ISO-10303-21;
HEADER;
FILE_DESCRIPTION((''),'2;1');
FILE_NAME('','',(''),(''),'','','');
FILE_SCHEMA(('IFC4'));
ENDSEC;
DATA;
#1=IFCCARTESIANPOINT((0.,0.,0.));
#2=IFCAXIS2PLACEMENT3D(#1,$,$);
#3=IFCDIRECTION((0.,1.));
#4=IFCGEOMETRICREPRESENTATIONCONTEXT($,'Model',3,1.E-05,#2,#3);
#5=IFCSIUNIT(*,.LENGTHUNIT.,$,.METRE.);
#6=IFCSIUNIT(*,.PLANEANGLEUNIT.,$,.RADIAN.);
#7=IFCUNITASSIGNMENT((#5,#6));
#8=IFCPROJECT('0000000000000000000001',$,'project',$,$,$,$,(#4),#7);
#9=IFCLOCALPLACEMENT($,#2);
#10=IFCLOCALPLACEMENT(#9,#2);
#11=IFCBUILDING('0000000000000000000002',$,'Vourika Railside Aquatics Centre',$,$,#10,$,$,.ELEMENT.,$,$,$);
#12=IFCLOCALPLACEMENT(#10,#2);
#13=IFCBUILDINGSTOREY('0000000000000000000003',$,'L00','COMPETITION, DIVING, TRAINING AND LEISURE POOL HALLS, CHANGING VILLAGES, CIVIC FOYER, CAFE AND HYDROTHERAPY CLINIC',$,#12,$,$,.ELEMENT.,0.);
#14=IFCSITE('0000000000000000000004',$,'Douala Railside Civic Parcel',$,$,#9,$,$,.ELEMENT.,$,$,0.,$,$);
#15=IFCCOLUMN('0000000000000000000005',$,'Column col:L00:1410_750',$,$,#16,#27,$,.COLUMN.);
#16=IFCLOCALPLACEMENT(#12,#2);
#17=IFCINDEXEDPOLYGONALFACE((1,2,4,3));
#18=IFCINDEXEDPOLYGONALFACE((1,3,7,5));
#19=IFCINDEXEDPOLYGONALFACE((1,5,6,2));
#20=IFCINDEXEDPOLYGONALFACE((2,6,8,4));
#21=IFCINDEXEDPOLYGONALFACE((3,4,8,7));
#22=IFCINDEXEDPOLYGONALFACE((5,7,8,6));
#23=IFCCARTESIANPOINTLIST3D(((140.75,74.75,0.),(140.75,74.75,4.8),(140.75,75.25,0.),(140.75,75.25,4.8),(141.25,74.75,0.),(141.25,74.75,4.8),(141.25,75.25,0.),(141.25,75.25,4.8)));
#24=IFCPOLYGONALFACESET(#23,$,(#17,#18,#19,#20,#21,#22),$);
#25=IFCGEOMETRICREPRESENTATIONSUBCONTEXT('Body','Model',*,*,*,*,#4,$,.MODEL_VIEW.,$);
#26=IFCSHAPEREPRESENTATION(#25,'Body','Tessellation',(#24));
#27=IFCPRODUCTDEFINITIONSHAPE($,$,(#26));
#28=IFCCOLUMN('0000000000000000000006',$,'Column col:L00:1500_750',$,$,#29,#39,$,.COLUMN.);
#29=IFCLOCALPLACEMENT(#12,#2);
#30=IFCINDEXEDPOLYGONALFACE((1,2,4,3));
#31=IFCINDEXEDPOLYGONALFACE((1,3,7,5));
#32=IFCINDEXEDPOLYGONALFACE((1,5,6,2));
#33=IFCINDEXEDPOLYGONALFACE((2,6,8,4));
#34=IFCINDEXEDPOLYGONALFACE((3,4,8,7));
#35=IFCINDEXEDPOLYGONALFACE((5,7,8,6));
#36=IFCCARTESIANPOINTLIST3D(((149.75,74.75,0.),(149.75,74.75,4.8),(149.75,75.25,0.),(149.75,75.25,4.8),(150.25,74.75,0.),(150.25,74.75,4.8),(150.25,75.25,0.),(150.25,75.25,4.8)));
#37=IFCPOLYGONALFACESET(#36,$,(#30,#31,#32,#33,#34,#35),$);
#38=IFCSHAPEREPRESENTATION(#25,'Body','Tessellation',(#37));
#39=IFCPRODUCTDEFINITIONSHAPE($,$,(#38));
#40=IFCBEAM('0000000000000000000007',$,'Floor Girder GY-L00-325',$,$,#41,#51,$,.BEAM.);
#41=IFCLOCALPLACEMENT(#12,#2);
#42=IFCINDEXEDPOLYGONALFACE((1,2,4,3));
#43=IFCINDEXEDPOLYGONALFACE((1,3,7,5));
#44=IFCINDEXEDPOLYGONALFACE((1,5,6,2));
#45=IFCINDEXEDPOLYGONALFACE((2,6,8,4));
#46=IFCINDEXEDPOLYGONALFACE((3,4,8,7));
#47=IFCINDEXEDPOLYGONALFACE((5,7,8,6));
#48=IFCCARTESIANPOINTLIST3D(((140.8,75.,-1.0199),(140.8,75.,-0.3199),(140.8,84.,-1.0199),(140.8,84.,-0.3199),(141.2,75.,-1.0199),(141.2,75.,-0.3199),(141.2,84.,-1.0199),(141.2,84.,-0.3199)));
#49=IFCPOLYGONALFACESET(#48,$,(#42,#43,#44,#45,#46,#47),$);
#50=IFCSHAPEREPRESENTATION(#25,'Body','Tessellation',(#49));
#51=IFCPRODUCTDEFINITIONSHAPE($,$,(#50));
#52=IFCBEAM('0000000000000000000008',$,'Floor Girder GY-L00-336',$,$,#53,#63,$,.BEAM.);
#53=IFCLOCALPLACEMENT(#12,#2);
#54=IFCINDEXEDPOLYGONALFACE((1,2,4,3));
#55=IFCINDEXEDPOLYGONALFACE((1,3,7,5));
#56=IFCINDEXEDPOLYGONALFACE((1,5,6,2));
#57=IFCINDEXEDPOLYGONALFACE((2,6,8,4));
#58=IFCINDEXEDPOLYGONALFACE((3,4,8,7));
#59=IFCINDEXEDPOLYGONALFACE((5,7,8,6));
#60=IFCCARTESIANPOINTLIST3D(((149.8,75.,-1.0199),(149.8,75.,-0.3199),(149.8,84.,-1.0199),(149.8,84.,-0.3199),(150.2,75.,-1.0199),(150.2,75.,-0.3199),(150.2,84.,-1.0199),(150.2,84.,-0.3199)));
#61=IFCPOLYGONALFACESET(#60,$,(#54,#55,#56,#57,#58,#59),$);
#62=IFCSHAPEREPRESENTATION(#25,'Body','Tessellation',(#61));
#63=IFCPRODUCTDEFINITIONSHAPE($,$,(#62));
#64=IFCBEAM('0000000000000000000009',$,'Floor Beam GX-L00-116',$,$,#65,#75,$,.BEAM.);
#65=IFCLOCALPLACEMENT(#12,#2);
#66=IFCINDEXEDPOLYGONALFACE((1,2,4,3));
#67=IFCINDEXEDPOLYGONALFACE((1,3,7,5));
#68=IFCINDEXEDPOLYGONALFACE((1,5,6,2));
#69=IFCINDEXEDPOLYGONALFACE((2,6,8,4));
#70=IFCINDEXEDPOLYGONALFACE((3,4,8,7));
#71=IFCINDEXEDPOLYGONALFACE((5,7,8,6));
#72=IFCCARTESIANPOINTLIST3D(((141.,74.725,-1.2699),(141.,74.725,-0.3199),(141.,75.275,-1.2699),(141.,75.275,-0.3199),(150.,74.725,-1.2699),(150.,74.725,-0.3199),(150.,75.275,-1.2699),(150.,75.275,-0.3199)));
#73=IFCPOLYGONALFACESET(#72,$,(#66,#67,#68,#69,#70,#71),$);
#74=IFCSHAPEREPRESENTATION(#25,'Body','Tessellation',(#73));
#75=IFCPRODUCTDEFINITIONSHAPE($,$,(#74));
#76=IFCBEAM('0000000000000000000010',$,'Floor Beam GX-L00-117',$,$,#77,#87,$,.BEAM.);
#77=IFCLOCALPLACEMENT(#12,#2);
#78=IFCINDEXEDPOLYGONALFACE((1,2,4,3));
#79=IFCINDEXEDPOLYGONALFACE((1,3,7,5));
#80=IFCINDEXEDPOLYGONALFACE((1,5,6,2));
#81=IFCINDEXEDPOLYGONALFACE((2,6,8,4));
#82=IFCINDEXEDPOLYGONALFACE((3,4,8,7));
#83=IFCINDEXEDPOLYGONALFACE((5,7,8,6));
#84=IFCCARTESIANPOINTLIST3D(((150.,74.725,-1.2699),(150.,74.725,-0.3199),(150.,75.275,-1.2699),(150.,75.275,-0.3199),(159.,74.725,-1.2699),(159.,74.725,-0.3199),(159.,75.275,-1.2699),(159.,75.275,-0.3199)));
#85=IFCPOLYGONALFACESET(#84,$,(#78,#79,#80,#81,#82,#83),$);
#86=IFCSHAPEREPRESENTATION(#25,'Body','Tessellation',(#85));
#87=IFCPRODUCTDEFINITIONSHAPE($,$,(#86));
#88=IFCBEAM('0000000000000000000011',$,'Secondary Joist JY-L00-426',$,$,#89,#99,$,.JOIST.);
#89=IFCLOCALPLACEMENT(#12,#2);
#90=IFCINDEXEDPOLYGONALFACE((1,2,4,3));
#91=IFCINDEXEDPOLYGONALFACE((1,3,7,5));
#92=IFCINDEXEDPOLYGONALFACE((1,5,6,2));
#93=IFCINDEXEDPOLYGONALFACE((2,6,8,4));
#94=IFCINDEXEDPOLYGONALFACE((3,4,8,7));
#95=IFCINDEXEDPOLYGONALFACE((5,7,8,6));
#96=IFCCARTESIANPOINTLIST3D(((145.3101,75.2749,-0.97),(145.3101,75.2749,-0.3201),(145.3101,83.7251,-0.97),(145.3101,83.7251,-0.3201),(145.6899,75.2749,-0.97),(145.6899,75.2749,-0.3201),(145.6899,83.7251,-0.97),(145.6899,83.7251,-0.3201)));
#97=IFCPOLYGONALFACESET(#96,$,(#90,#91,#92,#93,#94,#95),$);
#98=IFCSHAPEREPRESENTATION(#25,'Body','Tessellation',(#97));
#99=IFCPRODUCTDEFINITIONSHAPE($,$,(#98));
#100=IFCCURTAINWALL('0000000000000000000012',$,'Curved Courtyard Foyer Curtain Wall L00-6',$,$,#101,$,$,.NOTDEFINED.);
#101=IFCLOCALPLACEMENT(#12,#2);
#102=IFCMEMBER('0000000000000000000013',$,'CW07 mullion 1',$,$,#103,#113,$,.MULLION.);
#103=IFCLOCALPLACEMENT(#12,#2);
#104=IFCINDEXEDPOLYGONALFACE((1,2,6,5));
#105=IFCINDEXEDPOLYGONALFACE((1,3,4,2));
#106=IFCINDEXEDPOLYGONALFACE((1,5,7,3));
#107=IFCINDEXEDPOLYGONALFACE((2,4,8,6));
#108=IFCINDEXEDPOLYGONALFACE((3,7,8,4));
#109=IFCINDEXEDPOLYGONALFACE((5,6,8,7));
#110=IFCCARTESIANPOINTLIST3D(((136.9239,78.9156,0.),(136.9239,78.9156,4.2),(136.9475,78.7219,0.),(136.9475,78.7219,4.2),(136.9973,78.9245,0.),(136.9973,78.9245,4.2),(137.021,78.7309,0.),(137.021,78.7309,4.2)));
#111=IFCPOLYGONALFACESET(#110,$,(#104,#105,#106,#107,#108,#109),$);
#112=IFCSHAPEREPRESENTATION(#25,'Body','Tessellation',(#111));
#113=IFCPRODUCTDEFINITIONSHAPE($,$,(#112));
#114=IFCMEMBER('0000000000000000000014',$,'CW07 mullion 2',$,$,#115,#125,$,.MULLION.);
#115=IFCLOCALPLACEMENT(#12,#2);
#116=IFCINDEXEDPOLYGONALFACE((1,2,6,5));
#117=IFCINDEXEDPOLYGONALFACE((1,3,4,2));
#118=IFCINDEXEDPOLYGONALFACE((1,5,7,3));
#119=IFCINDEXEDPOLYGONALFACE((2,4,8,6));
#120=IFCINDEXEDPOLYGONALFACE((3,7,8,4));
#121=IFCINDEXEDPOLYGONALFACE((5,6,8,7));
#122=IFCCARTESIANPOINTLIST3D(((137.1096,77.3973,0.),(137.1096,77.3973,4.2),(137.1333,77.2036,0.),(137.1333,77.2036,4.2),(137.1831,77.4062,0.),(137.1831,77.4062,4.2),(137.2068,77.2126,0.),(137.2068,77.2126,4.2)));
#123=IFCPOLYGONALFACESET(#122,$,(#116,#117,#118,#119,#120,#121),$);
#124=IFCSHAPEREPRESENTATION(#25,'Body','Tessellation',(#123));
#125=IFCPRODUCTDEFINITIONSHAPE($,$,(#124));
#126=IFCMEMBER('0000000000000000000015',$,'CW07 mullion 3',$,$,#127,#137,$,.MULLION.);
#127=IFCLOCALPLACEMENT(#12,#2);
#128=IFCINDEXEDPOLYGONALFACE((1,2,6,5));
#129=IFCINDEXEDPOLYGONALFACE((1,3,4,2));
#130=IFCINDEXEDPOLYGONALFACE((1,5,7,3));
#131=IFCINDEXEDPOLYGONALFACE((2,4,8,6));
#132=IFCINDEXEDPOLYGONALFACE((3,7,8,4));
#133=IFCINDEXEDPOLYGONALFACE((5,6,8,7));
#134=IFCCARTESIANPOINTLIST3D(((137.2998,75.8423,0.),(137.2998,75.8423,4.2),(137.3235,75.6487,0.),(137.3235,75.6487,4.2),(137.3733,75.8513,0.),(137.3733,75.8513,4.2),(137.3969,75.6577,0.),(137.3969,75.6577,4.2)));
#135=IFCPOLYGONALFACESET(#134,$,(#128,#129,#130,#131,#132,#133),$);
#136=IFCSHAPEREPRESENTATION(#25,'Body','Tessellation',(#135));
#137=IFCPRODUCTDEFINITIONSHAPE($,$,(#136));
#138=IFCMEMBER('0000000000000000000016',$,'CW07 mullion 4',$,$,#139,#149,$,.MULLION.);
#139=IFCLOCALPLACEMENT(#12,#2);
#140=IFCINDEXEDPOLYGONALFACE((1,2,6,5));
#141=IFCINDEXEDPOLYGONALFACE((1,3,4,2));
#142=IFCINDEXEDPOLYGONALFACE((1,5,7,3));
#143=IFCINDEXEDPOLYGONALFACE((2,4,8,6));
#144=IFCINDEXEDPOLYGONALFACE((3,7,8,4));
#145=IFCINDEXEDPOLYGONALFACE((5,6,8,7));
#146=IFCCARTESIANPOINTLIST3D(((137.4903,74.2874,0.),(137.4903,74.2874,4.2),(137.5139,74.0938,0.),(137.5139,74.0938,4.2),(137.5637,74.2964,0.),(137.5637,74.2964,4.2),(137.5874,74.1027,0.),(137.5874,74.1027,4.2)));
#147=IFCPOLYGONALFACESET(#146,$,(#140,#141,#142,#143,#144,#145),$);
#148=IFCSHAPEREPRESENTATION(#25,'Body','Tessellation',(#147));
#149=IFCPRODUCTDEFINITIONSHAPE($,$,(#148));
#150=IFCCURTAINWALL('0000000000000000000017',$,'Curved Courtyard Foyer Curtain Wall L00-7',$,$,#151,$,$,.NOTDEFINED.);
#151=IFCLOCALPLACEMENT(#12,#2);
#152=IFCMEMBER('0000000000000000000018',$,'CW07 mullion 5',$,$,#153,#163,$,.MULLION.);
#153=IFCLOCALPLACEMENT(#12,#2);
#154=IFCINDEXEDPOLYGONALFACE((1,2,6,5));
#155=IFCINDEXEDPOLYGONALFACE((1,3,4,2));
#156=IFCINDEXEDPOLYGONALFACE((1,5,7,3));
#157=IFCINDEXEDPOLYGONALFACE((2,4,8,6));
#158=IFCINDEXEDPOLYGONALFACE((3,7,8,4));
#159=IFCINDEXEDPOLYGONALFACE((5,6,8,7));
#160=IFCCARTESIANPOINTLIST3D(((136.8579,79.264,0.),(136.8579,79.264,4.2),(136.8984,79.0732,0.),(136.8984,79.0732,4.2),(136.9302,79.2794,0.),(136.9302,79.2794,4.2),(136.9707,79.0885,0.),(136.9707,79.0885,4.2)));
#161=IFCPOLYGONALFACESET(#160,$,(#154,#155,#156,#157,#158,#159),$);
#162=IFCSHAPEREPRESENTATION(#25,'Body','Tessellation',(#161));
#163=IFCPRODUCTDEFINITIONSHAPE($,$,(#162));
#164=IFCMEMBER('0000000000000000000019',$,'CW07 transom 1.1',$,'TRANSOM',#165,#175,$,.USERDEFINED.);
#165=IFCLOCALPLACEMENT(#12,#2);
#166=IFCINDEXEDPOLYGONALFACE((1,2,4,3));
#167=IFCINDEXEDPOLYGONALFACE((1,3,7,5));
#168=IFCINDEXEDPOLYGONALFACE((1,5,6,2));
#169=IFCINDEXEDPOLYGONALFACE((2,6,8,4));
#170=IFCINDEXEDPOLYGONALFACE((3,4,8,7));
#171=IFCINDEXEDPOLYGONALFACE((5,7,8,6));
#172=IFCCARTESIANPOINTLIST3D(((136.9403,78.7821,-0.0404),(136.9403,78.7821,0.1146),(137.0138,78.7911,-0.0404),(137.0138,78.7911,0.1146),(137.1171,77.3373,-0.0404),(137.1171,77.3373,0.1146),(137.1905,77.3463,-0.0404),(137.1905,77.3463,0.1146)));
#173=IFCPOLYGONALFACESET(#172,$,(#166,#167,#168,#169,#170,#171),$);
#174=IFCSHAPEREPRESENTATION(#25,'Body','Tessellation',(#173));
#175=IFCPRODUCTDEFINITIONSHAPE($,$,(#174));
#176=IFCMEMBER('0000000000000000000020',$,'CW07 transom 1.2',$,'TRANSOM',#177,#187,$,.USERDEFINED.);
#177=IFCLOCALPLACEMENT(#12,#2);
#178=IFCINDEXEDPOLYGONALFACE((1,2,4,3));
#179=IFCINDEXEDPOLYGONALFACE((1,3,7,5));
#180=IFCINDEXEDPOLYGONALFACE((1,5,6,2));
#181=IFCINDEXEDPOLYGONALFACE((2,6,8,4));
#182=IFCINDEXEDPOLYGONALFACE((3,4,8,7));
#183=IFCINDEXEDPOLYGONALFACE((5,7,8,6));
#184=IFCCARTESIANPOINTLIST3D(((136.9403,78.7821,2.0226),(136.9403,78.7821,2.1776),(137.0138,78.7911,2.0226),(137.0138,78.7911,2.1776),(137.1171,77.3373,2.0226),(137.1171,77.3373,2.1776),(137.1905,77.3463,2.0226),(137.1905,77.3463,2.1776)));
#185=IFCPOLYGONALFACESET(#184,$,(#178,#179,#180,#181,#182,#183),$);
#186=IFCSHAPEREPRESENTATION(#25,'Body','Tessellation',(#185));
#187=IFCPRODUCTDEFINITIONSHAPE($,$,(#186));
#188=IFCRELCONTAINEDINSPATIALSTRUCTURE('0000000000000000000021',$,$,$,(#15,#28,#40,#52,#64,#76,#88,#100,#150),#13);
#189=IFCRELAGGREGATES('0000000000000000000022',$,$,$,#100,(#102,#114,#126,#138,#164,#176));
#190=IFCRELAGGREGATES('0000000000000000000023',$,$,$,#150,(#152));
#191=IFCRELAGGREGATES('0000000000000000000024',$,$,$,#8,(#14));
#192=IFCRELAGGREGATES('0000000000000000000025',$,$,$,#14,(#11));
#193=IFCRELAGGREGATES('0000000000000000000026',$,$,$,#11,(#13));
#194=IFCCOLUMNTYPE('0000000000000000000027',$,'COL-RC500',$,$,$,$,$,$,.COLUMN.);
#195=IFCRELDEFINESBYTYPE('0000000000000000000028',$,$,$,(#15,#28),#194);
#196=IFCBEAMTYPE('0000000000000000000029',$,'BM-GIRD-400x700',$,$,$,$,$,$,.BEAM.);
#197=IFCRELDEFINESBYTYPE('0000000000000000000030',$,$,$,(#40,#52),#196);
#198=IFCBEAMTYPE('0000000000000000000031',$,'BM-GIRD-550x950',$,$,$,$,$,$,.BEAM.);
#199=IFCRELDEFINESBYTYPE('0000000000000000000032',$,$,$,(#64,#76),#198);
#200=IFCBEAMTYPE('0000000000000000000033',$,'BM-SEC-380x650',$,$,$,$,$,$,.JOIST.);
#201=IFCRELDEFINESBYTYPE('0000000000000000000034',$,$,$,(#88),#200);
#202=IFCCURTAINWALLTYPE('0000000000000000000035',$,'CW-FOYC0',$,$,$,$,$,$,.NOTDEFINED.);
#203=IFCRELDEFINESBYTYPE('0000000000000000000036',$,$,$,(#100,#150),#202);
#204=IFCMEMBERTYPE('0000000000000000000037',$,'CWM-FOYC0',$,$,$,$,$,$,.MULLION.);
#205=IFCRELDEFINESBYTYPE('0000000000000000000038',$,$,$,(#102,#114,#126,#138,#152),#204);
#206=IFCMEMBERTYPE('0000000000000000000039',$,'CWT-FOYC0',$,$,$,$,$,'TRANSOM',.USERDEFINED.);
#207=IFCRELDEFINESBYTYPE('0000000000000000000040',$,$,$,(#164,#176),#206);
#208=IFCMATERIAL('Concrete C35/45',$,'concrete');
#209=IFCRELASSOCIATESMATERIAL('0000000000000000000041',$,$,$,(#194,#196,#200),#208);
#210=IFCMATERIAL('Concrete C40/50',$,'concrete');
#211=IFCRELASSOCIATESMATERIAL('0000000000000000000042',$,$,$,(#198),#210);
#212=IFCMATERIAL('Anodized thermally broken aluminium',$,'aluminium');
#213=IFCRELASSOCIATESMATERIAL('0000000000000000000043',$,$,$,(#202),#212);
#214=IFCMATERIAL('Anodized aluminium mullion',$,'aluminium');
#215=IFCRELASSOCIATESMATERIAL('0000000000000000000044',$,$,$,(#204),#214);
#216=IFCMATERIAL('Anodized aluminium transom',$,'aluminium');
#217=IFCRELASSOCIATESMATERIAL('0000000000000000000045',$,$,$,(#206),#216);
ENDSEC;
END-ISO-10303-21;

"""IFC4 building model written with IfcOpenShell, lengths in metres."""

from ifc_helpers import new_model, si_unit, direction, frame, origin, origin_2d, place, context, subcontext, project, spatial, rectangle, extrude, material, material_profile, profile_set, type_object, element, aggregate, save


model = new_model("IFC4")

# Units and contexts
model_context = context("Model", 3, precision=1e-05, world=origin(), true_north=direction((0.0, 1.0)))
body_context = subcontext(model_context, "Body", "Model", "MODEL_VIEW")
ifc_project = project(units=[si_unit("LENGTHUNIT", "METRE"), si_unit("PLANEANGLEUNIT", "RADIAN")], contexts=[model_context])

# Site, building, storey
site_placement = place(None, origin())
site = spatial("IfcSite", under=ifc_project, at=site_placement, Name="Douala Railside Civic Parcel", CompositionType="ELEMENT", RefElevation=0.0)
building_placement = place(site_placement, origin())
building = spatial("IfcBuilding", under=site, at=building_placement, Name="Vourika Railside Aquatics Centre", CompositionType="ELEMENT")
storey_placement = place(building_placement, origin())
storey = spatial("IfcBuildingStorey", under=building, at=storey_placement, Name="L00", Description="COMPETITION, DIVING, TRAINING AND LEISURE POOL HALLS, CHANGING VILLAGES, CIVIC FOYER, CAFE AND HYDROTHERAPY CLINIC", CompositionType="ELEMENT", Elevation=0.0)

# Columns
ifc_material_1 = material(Name="Concrete C35/45", Category="concrete")
ifc_material_profile_1 = material_profile(ifc_material_1, rectangle(XDim=0.5, YDim=0.5, at=origin_2d()), Name="RC 500x500")
ifc_profile_set_1 = profile_set([ifc_material_profile_1], Name="Concrete C35/45")
column_type = type_object("IfcColumnType", Name="COL-RC500", PredefinedType="COLUMN", material=ifc_profile_set_1)
for number, where, z_axis, x_axis, name in (
    (1, (141.0, 75.0, 0.0), (0.0, 0.0, 1.0), (1.0, 0.0, 0.0), "Column col:L00:1410_750"),
    (2, (150.0, 75.0, 0.0), (0.0, 0.0, 1.0), (1.0, 0.0, 0.0), "Column col:L00:1500_750"),
):
    element("IfcColumn", number, at=place(storey_placement, frame(where, z_axis=z_axis, x_axis=x_axis)), inside=storey, type_object=column_type, Name=name, PredefinedType="COLUMN", context=body_context, shape_type="SweptSolid", body=[
        extrude(rectangle(XDim=0.5, YDim=0.5, at=origin_2d()), origin(), (0.0, 0.0, 1.0), 4.8),
    ])

# Beams
ifc_material_profile_2 = material_profile(ifc_material_1, rectangle(XDim=0.3999, YDim=0.7, at=origin_2d()), Name="RC 400x700")
ifc_profile_set_2 = profile_set([ifc_material_profile_2], Name="Concrete C35/45")
beam_type_1 = type_object("IfcBeamType", Name="BM-GIRD-400x700", PredefinedType="BEAM", material=ifc_profile_set_2)
for number, where, z_axis, x_axis, name in (
    (3, (141.0, 75.0, -0.6699), (0.0, 1.0, 0.0), (-1.0, 0.0, 0.0), "Floor Girder GY-L00-325"),
    (4, (150.0, 75.0, -0.6699), (0.0, 1.0, 0.0), (-1.0, 0.0, 0.0), "Floor Girder GY-L00-336"),
):
    element("IfcBeam", number, at=place(storey_placement, frame(where, z_axis=z_axis, x_axis=x_axis)), inside=storey, type_object=beam_type_1, Name=name, PredefinedType="BEAM", context=body_context, shape_type="SweptSolid", body=[
        extrude(rectangle(XDim=0.3999, YDim=0.7, at=origin_2d()), origin(), (0.0, 0.0, 1.0), 9.0),
    ])
ifc_material_2 = material(Name="Concrete C40/50", Category="concrete")
ifc_material_profile_3 = material_profile(ifc_material_2, rectangle(XDim=0.55, YDim=0.95, at=origin_2d()), Name="RC 550x950")
ifc_profile_set_3 = profile_set([ifc_material_profile_3], Name="Concrete C40/50")
beam_type_2 = type_object("IfcBeamType", Name="BM-GIRD-550x950", PredefinedType="BEAM", material=ifc_profile_set_3)
for number, where, z_axis, x_axis, name in (
    (5, (141.0, 75.0, -0.7949), (1.0, 0.0, 0.0), (0.0, 1.0, 0.0), "Floor Beam GX-L00-116"),
    (6, (150.0, 75.0, -0.7949), (1.0, 0.0, 0.0), (0.0, 1.0, 0.0), "Floor Beam GX-L00-117"),
):
    element("IfcBeam", number, at=place(storey_placement, frame(where, z_axis=z_axis, x_axis=x_axis)), inside=storey, type_object=beam_type_2, Name=name, PredefinedType="BEAM", context=body_context, shape_type="SweptSolid", body=[
        extrude(rectangle(XDim=0.55, YDim=0.95, at=origin_2d()), origin(), (0.0, 0.0, 1.0), 9.0),
    ])
ifc_material_profile_4 = material_profile(ifc_material_1, rectangle(XDim=0.3799, YDim=0.6499, at=origin_2d()), Name="RC 380x650")
ifc_profile_set_4 = profile_set([ifc_material_profile_4], Name="Concrete C35/45")
beam_type_3 = type_object("IfcBeamType", Name="BM-SEC-380x650", PredefinedType="JOIST", material=ifc_profile_set_4)
beam_placement = place(storey_placement, frame((145.5, 75.2749, -0.645), z_axis=(0.0, 1.0, 0.0), x_axis=(-1.0, 0.0, 0.0)))
element("IfcBeam", 7, at=beam_placement, inside=storey, type_object=beam_type_3, Name="Secondary Joist JY-L00-426", PredefinedType="JOIST", context=body_context, shape_type="SweptSolid", body=[
    extrude(rectangle(XDim=0.3799, YDim=0.6499, at=origin_2d()), origin(), (0.0, 0.0, 1.0), 8.4502),
])

# Curtain wall, members
ifc_material_3 = material(Name="Anodized thermally broken aluminium", Category="aluminium")
curtain_wall_type = type_object("IfcCurtainWallType", Name="CW-FOYC0", PredefinedType="NOTDEFINED", material=ifc_material_3)
curtain_wall_1_placement = place(storey_placement, origin())
curtain_wall_1 = element("IfcCurtainWall", 8, at=curtain_wall_1_placement, inside=storey, type_object=curtain_wall_type, Name="Curved Courtyard Foyer Curtain Wall L00-6", PredefinedType="NOTDEFINED")
ifc_material_4 = material(Name="Anodized aluminium mullion", Category="aluminium")
ifc_material_profile_5 = material_profile(ifc_material_4, rectangle(XDim=0.074, YDim=0.1951, at=origin_2d()), Name="ALU-M 74x195")
ifc_profile_set_5 = profile_set([ifc_material_profile_5], Name="Anodized aluminium mullion")
member_type_1 = type_object("IfcMemberType", Name="CWM-FOYC0", PredefinedType="MULLION", material=ifc_profile_set_5)
member_1_placement = place(storey_placement, frame((136.9724, 78.8232, 0.0), z_axis=(0.0, 0.0, 1.0), x_axis=(0.992599, 0.121442, 0.0)))
member_1 = element("IfcMember", 9, at=member_1_placement, type_object=member_type_1, Name="CW07 mullion 1", PredefinedType="MULLION", context=body_context, shape_type="SweptSolid", body=[
    extrude(rectangle(XDim=0.074, YDim=0.1951, at=origin_2d()), origin(), (0.0, 0.0, 1.0), 4.2),
])
member_2_placement = place(storey_placement, frame((137.1582, 77.3049, 0.0), z_axis=(0.0, 0.0, 1.0), x_axis=(0.992599, 0.121442, 0.0)))
member_2 = element("IfcMember", 10, at=member_2_placement, type_object=member_type_1, Name="CW07 mullion 2", PredefinedType="MULLION", context=body_context, shape_type="SweptSolid", body=[
    extrude(rectangle(XDim=0.074, YDim=0.1951, at=origin_2d()), origin(), (0.0, 0.0, 1.0), 4.2),
])
member_3_placement = place(storey_placement, frame((137.3484, 75.75, 0.0), z_axis=(0.0, 0.0, 1.0), x_axis=(0.992599, 0.121442, 0.0)))
member_3 = element("IfcMember", 11, at=member_3_placement, type_object=member_type_1, Name="CW07 mullion 3", PredefinedType="MULLION", context=body_context, shape_type="SweptSolid", body=[
    extrude(rectangle(XDim=0.074, YDim=0.1951, at=origin_2d()), origin(), (0.0, 0.0, 1.0), 4.2),
])
member_4_placement = place(storey_placement, frame((137.5388, 74.1951, 0.0), z_axis=(0.0, 0.0, 1.0), x_axis=(0.992599, 0.121442, 0.0)))
member_4 = element("IfcMember", 12, at=member_4_placement, type_object=member_type_1, Name="CW07 mullion 4", PredefinedType="MULLION", context=body_context, shape_type="SweptSolid", body=[
    extrude(rectangle(XDim=0.074, YDim=0.1951, at=origin_2d()), origin(), (0.0, 0.0, 1.0), 4.2),
])

# Curtain wall, member
curtain_wall_2_placement = place(storey_placement, origin())
curtain_wall_2 = element("IfcCurtainWall", 13, at=curtain_wall_2_placement, inside=storey, type_object=curtain_wall_type, Name="Curved Courtyard Foyer Curtain Wall L00-7", PredefinedType="NOTDEFINED")
member_5_placement = place(storey_placement, frame((136.9143, 79.1763, 0.0), z_axis=(0.0, 0.0, 1.0), x_axis=(0.978215, 0.207595, 0.0)))
member_5 = element("IfcMember", 14, at=member_5_placement, type_object=member_type_1, Name="CW07 mullion 5", PredefinedType="MULLION", context=body_context, shape_type="SweptSolid", body=[
    extrude(rectangle(XDim=0.074, YDim=0.1951, at=origin_2d()), origin(), (0.0, 0.0, 1.0), 4.2),
])

# Members
ifc_material_5 = material(Name="Anodized aluminium transom", Category="aluminium")
ifc_material_profile_6 = material_profile(ifc_material_5, rectangle(XDim=0.074, YDim=0.155, at=origin_2d()), Name="ALU-T 74x155")
ifc_profile_set_6 = profile_set([ifc_material_profile_6], Name="Anodized aluminium transom")
member_type_2 = type_object("IfcMemberType", Name="CWT-FOYC0", ElementType="TRANSOM", PredefinedType="USERDEFINED", material=ifc_profile_set_6)
member_6_placement = place(storey_placement, frame((136.9771, 78.7866, 0.0371), z_axis=(0.121433, -0.9926, 0.0), x_axis=(0.9926, 0.121433, 0.0)))
member_6 = element("IfcMember", 15, at=member_6_placement, type_object=member_type_2, Name="CW07 transom 1.1", ObjectType="TRANSOM", PredefinedType="USERDEFINED", context=body_context, shape_type="SweptSolid", body=[
    extrude(rectangle(XDim=0.074, YDim=0.155, at=origin_2d()), origin(), (0.0, 0.0, 1.0), 1.4556),
])
member_7_placement = place(storey_placement, frame((136.9771, 78.7866, 2.1001), z_axis=(0.121433, -0.9926, 0.0), x_axis=(0.9926, 0.121433, 0.0)))
member_7 = element("IfcMember", 16, at=member_7_placement, type_object=member_type_2, Name="CW07 transom 1.2", ObjectType="TRANSOM", PredefinedType="USERDEFINED", context=body_context, shape_type="SweptSolid", body=[
    extrude(rectangle(XDim=0.074, YDim=0.155, at=origin_2d()), origin(), (0.0, 0.0, 1.0), 1.4556),
])

aggregate(curtain_wall_1, [member_1, member_2, member_3, member_4, member_6, member_7])
aggregate(curtain_wall_2, [member_5])

save(model, "model.ifc")
